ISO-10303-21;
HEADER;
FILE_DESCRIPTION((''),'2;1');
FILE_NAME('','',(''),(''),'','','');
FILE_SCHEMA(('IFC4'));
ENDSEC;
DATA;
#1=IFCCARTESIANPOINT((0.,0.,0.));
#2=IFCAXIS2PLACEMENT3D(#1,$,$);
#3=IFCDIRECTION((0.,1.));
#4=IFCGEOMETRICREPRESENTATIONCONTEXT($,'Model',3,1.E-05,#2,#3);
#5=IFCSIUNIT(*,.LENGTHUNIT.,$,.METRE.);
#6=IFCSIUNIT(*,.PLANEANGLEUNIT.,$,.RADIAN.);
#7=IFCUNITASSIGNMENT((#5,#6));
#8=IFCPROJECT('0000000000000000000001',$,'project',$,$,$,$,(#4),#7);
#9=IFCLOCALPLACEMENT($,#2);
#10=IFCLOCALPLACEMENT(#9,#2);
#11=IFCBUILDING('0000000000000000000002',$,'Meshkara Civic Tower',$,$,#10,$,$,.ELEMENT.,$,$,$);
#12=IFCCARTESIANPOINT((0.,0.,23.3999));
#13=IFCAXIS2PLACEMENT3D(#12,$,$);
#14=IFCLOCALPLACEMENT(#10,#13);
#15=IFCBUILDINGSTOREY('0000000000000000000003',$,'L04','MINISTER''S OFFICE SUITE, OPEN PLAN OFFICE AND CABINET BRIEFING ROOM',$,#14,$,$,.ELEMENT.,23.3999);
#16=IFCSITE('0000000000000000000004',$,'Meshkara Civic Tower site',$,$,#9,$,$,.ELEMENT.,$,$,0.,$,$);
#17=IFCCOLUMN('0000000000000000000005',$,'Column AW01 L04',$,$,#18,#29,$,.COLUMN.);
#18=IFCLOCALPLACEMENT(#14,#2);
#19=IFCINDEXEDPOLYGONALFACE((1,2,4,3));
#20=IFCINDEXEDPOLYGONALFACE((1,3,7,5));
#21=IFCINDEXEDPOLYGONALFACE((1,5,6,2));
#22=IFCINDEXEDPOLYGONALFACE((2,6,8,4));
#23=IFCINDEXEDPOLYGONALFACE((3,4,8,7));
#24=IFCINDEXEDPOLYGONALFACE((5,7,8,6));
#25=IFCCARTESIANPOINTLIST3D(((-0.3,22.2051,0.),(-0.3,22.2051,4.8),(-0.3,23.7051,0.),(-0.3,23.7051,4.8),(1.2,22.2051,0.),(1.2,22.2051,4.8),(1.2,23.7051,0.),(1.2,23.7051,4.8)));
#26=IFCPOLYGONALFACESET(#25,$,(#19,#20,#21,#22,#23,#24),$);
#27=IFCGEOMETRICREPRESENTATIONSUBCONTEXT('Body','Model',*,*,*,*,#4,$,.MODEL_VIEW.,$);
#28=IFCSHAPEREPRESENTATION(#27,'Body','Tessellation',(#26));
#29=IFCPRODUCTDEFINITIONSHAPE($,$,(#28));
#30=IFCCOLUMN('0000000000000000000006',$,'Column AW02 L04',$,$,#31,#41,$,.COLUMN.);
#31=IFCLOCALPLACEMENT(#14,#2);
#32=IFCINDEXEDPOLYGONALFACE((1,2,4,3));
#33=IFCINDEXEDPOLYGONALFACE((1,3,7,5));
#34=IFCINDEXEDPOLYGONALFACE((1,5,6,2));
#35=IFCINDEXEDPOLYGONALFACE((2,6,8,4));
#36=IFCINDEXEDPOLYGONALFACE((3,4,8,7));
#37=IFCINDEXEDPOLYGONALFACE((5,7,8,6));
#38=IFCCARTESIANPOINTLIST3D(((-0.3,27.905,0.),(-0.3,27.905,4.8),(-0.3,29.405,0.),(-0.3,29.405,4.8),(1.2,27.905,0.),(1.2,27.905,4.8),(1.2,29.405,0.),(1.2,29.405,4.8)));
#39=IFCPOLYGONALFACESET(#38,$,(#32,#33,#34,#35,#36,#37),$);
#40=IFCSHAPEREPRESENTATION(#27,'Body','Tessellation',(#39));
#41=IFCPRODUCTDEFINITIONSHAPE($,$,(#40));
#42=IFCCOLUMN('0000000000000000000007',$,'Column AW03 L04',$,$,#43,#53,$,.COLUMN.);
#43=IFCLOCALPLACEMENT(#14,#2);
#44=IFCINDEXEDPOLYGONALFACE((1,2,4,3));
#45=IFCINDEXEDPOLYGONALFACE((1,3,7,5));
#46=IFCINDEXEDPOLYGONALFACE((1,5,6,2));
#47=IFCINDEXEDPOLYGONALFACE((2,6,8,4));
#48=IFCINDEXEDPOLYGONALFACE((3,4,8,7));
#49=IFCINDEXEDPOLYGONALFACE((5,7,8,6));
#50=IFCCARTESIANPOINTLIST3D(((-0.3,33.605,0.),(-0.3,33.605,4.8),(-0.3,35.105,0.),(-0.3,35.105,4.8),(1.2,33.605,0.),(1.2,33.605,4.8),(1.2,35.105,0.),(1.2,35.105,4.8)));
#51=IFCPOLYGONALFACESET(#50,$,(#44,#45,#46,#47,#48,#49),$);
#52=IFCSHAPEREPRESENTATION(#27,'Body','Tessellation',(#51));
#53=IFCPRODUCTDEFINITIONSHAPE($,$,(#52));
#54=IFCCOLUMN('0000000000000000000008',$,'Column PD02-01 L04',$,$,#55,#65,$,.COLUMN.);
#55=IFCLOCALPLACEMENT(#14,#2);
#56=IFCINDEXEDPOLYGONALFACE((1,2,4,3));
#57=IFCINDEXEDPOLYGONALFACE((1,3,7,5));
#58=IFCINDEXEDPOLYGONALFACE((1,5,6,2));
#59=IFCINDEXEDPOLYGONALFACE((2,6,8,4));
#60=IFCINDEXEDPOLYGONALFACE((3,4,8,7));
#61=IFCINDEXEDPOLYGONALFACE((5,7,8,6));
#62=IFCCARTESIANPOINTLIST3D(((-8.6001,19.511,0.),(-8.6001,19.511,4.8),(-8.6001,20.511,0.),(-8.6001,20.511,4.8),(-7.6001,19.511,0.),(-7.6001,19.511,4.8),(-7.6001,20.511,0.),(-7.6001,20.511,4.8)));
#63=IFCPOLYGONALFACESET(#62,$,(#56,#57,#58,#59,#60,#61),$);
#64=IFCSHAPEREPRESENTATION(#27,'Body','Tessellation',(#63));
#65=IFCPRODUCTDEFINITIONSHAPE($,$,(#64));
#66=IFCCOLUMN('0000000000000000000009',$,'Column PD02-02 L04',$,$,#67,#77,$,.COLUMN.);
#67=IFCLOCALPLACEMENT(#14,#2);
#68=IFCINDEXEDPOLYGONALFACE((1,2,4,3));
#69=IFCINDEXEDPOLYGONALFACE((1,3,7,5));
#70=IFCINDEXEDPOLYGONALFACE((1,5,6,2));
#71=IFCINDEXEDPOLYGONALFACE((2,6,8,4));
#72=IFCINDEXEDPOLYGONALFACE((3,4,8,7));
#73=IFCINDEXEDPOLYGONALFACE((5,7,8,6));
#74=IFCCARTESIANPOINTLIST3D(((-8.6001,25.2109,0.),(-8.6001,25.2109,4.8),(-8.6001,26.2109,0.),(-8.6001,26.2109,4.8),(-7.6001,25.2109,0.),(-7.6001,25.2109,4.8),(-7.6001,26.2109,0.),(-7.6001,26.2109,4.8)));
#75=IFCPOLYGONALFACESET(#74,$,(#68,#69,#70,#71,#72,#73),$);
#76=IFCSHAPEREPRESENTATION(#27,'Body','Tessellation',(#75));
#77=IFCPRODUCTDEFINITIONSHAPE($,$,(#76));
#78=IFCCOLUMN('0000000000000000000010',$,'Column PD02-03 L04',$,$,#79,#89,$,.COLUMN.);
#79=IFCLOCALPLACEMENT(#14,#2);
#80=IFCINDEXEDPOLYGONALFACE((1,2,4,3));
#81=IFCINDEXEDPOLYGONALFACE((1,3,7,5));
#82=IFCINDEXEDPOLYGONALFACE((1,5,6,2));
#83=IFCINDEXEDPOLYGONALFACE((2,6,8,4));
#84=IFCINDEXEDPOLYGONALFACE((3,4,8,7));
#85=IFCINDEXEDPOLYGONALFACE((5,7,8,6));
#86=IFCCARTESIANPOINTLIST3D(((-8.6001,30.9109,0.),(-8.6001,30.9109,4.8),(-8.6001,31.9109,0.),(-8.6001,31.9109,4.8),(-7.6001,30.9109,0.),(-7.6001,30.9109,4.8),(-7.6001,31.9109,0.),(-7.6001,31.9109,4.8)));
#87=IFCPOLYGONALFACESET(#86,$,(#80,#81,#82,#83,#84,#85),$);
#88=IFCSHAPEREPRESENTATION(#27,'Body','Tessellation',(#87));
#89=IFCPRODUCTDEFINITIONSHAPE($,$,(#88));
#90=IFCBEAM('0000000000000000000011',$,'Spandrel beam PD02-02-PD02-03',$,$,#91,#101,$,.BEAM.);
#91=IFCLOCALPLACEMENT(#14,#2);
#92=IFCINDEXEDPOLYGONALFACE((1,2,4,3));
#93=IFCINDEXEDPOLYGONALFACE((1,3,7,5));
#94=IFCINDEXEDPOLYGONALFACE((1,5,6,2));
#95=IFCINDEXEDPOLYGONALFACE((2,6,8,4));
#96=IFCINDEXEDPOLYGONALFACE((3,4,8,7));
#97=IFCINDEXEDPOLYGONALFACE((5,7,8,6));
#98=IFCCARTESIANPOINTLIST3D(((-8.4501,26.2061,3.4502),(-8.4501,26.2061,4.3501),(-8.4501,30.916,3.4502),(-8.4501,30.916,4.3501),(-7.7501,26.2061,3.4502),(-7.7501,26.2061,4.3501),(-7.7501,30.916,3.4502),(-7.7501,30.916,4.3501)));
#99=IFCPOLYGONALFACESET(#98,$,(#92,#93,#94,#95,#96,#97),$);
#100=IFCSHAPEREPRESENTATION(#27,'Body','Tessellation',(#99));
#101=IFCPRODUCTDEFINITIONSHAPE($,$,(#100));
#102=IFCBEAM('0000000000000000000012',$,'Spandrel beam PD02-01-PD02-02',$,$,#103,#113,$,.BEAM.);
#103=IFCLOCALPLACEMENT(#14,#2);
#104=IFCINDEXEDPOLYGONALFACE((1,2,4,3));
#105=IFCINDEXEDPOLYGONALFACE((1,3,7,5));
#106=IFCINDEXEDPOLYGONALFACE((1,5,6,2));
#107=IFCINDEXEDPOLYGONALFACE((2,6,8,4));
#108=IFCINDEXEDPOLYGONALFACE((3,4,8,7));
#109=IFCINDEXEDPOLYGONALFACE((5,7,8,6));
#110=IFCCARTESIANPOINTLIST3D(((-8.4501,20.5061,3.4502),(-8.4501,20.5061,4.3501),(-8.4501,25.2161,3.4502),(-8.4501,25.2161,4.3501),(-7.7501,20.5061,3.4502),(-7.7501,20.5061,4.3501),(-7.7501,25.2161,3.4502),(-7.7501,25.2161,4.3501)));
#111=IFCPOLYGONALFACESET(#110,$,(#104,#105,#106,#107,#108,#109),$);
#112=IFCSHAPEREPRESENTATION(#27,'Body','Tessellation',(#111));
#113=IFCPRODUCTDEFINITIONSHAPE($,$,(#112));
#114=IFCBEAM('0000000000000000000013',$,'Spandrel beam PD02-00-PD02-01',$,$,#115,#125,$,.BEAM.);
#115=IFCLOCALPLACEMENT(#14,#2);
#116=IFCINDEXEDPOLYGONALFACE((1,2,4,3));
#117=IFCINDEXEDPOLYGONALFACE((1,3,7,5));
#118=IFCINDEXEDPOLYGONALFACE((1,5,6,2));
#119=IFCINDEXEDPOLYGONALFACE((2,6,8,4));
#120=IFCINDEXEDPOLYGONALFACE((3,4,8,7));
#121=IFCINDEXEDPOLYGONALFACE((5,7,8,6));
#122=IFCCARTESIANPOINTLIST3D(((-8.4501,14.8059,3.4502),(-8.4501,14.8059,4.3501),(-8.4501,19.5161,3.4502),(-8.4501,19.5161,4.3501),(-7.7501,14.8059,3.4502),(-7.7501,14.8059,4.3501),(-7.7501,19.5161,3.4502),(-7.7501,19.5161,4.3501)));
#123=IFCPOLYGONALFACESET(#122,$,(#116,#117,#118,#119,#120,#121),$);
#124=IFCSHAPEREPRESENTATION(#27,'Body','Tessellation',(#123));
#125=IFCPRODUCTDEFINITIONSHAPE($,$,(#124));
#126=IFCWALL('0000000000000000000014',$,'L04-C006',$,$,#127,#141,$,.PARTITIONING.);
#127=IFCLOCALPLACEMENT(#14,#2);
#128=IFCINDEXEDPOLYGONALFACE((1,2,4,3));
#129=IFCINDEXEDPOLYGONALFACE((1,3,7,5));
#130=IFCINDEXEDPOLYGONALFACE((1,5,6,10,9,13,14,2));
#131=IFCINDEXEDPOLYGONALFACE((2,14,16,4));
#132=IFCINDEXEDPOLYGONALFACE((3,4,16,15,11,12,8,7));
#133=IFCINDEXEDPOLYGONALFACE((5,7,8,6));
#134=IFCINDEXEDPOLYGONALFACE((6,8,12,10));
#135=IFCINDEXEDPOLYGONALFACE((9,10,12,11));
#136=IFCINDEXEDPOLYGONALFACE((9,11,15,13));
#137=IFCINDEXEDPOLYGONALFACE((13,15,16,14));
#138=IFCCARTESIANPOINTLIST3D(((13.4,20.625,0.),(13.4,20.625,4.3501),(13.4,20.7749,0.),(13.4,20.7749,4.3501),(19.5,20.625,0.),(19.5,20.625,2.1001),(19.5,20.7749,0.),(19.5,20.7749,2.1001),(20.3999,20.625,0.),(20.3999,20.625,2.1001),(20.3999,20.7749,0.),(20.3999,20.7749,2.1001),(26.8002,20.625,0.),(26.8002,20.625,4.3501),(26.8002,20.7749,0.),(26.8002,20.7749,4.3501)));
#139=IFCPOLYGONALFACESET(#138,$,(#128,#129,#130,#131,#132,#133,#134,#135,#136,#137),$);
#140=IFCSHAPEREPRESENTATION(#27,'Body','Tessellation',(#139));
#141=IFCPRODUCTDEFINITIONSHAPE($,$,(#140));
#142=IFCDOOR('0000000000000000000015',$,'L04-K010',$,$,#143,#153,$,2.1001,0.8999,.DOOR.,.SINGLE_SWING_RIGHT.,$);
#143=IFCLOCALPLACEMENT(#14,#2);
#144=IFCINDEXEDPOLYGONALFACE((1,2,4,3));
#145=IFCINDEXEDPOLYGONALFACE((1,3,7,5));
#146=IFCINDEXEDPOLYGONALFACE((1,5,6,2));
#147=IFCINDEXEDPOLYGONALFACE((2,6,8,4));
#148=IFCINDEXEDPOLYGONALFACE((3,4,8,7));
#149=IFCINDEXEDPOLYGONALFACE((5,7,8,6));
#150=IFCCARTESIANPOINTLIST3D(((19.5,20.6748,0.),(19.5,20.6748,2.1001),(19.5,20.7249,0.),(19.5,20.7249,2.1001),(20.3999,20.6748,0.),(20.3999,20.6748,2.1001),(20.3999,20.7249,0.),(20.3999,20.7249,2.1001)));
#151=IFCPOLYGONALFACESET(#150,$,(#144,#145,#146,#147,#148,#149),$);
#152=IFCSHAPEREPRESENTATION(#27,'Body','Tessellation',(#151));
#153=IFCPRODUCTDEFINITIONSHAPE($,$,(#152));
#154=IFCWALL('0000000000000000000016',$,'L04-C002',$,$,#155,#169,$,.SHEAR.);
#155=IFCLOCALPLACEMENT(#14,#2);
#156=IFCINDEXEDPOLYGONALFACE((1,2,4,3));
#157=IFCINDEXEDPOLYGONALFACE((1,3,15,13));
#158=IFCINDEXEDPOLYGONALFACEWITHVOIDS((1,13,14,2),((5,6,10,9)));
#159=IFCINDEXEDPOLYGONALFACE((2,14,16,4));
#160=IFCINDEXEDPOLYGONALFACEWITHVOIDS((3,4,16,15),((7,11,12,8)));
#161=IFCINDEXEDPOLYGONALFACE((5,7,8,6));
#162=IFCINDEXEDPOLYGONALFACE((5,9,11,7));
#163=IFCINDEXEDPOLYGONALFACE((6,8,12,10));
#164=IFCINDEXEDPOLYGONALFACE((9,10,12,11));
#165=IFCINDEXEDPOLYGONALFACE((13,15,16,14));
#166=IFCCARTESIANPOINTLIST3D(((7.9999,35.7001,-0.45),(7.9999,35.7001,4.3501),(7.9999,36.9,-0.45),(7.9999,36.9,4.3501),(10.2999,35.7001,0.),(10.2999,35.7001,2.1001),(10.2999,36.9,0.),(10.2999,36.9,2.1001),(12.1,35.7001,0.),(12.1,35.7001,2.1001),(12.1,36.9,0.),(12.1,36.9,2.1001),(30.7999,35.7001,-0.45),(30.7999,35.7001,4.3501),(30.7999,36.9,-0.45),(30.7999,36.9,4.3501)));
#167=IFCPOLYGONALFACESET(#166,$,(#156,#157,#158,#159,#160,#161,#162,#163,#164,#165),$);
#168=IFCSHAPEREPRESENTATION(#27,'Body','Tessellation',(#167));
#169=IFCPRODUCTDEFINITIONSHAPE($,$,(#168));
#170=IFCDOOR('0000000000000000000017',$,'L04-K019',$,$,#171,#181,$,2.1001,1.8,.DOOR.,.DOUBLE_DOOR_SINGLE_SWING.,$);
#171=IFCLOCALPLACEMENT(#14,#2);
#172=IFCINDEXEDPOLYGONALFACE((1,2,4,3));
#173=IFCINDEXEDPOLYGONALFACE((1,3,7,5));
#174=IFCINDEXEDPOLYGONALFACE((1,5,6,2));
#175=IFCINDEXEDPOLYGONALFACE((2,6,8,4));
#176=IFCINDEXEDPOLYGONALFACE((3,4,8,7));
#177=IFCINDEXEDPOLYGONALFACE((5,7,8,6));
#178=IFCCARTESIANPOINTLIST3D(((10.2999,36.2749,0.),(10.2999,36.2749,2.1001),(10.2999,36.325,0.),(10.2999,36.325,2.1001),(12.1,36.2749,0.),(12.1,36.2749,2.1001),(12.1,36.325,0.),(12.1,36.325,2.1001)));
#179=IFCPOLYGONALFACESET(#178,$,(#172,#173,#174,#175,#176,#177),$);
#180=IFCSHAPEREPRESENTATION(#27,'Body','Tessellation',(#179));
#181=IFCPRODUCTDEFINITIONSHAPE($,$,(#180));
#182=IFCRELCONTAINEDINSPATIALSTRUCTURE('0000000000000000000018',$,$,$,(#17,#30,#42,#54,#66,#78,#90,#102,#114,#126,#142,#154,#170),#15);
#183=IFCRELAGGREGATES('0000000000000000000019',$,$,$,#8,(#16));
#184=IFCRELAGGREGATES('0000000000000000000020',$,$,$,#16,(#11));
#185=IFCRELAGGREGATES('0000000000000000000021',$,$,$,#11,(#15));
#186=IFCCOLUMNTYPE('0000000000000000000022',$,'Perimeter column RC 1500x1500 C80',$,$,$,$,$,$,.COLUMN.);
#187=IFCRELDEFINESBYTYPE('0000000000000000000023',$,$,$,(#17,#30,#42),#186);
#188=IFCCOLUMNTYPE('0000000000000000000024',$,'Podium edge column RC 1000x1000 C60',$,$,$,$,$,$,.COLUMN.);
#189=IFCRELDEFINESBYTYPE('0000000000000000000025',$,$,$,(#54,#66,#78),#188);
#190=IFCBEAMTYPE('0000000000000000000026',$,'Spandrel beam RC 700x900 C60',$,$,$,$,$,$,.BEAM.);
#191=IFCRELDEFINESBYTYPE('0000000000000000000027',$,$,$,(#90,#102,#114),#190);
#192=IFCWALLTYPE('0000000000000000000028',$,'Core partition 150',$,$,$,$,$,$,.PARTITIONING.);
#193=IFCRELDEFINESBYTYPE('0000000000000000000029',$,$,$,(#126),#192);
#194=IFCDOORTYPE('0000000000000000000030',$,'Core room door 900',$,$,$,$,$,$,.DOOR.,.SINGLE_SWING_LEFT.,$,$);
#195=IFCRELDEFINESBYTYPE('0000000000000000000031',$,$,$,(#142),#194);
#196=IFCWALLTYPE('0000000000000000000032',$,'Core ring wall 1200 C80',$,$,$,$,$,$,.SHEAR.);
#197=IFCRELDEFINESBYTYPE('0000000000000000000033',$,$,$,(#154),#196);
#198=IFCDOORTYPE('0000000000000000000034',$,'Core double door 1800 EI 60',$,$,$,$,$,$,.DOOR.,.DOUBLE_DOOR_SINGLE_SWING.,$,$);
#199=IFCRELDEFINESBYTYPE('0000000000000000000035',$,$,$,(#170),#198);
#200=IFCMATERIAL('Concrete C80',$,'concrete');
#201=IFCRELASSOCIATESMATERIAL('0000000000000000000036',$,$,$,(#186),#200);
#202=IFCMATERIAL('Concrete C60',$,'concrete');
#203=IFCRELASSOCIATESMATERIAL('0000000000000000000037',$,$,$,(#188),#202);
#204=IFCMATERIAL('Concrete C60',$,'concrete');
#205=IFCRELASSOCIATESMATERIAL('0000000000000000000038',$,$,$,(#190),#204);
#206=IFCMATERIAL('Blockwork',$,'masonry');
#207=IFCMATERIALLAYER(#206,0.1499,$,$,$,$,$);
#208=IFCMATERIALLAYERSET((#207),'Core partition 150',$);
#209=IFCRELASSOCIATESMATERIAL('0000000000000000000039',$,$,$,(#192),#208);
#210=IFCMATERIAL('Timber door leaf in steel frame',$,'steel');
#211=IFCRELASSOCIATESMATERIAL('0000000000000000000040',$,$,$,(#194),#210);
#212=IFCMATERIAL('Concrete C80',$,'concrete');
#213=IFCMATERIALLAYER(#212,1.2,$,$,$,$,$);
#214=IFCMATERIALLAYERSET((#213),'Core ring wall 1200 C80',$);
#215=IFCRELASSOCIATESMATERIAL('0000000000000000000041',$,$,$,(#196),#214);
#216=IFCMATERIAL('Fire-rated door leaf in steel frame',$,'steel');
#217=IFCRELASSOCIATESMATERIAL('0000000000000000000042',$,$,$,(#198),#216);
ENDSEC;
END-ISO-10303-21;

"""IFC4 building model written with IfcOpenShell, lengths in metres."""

from ifc_helpers import new_model, si_unit, direction, frame, frame_2d, origin, origin_2d, place, context, subcontext, project, spatial, rectangle, extrude, material, layer, layer_set, material_profile, profile_set, type_object, element, fill, save


model = new_model("IFC4")

# Units and contexts
model_context = context("Model", 3, precision=1e-05, world=origin(), true_north=direction((0.0, 1.0)))
body_context = subcontext(model_context, "Body", "Model", "MODEL_VIEW")
ifc_project = project(units=[si_unit("LENGTHUNIT", "METRE"), si_unit("PLANEANGLEUNIT", "RADIAN")], contexts=[model_context])

# Site, building, storey
site_placement = place(None, origin())
site = spatial("IfcSite", under=ifc_project, at=site_placement, Name="Meshkara Civic Tower site", CompositionType="ELEMENT", RefElevation=0.0)
building_placement = place(site_placement, origin())
building = spatial("IfcBuilding", under=site, at=building_placement, Name="Meshkara Civic Tower", CompositionType="ELEMENT")
storey_placement = place(building_placement, frame((0.0, 0.0, 23.3999)))
storey = spatial("IfcBuildingStorey", under=building, at=storey_placement, Name="L04", Description="MINISTER'S OFFICE SUITE, OPEN PLAN OFFICE AND CABINET BRIEFING ROOM", CompositionType="ELEMENT", Elevation=23.3999)

# Columns
ifc_material_1 = material(Name="Concrete C80", Category="concrete")
ifc_material_profile_1 = material_profile(ifc_material_1, rectangle(XDim=1.5, YDim=1.5, at=origin_2d()))
ifc_profile_set_1 = profile_set([ifc_material_profile_1], Name="Concrete C80")
column_type_1 = type_object("IfcColumnType", Name="Perimeter column RC 1500x1500 C80", PredefinedType="COLUMN", material=ifc_profile_set_1)
for number, where, z_axis, x_axis, name in (
    (1, (0.45, 22.9551, 0.0), (0.0, 0.0, 1.0), (1.0, 0.0, 0.0), "Column AW01 L04"),
    (2, (0.45, 28.655, 0.0), (0.0, 0.0, 1.0), (1.0, 0.0, 0.0), "Column AW02 L04"),
    (3, (0.45, 34.355, 0.0), (0.0, 0.0, 1.0), (1.0, 0.0, 0.0), "Column AW03 L04"),
):
    element("IfcColumn", number, at=place(storey_placement, frame(where, z_axis=z_axis, x_axis=x_axis)), inside=storey, type_object=column_type_1, Name=name, PredefinedType="COLUMN", context=body_context, shape_type="SweptSolid", body=[
        extrude(rectangle(XDim=1.5, YDim=1.5, at=origin_2d()), origin(), (0.0, 0.0, 1.0), 4.8),
    ])
ifc_material_2 = material(Name="Concrete C60", Category="concrete")
ifc_material_profile_2 = material_profile(ifc_material_2, rectangle(XDim=1.0, YDim=1.0, at=origin_2d()))
ifc_profile_set_2 = profile_set([ifc_material_profile_2], Name="Concrete C60")
column_type_2 = type_object("IfcColumnType", Name="Podium edge column RC 1000x1000 C60", PredefinedType="COLUMN", material=ifc_profile_set_2)
for number, where, z_axis, x_axis, name in (
    (4, (-8.1001, 20.011, 0.0), (0.0, 0.0, 1.0), (1.0, 0.0, 0.0), "Column PD02-01 L04"),
    (5, (-8.1001, 25.7109, 0.0), (0.0, 0.0, 1.0), (1.0, 0.0, 0.0), "Column PD02-02 L04"),
    (6, (-8.1001, 31.4109, 0.0), (0.0, 0.0, 1.0), (1.0, 0.0, 0.0), "Column PD02-03 L04"),
):
    element("IfcColumn", number, at=place(storey_placement, frame(where, z_axis=z_axis, x_axis=x_axis)), inside=storey, type_object=column_type_2, Name=name, PredefinedType="COLUMN", context=body_context, shape_type="SweptSolid", body=[
        extrude(rectangle(XDim=1.0, YDim=1.0, at=origin_2d()), origin(), (0.0, 0.0, 1.0), 4.8),
    ])

# Beams
ifc_material_3 = material(Name="Concrete C60", Category="concrete")
ifc_material_profile_3 = material_profile(ifc_material_3, rectangle(XDim=0.7, YDim=0.8999, at=origin_2d()))
ifc_profile_set_3 = profile_set([ifc_material_profile_3], Name="Concrete C60")
beam_type = type_object("IfcBeamType", Name="Spandrel beam RC 700x900 C60", PredefinedType="BEAM", material=ifc_profile_set_3)
for number, where, z_axis, x_axis, name in (
    (7, (-8.1001, 30.916, 3.9001), (0.0, -1.0, 0.0), (1.0, 0.0, 0.0), "Spandrel beam PD02-02-PD02-03"),
    (8, (-8.1001, 25.2161, 3.9001), (0.0, -1.0, 0.0), (1.0, 0.0, 0.0), "Spandrel beam PD02-01-PD02-02"),
):
    element("IfcBeam", number, at=place(storey_placement, frame(where, z_axis=z_axis, x_axis=x_axis)), inside=storey, type_object=beam_type, Name=name, PredefinedType="BEAM", context=body_context, shape_type="SweptSolid", body=[
        extrude(rectangle(XDim=0.7, YDim=0.8999, at=origin_2d()), origin(), (0.0, 0.0, 1.0), 4.71),
    ])
beam_placement = place(storey_placement, frame((-8.1001, 19.5161, 3.9001), z_axis=(0.0, -1.0, 0.0), x_axis=(1.0, 0.0, 0.0)))
element("IfcBeam", 9, at=beam_placement, inside=storey, type_object=beam_type, Name="Spandrel beam PD02-00-PD02-01", PredefinedType="BEAM", context=body_context, shape_type="SweptSolid", body=[
    extrude(rectangle(XDim=0.7, YDim=0.8999, at=origin_2d()), origin(), (0.0, 0.0, 1.0), 4.7102),
])

# Walls, openings, doors
ifc_material_4 = material(Name="Blockwork", Category="masonry")
ifc_layer_1 = layer(ifc_material_4, 0.1499)
ifc_layer_set_1 = layer_set([ifc_layer_1], Name="Core partition 150")
wall_type_1 = type_object("IfcWallType", Name="Core partition 150", PredefinedType="PARTITIONING", material=ifc_layer_set_1)
wall_1_placement = place(storey_placement, frame((13.3999, 20.7, 0.0), z_axis=(0.0, 0.0, 1.0), x_axis=(1.0, 0.0, 0.0)))
wall_1 = element("IfcWall", 10, at=wall_1_placement, inside=storey, type_object=wall_type_1, Name="L04-C006", PredefinedType="PARTITIONING", context=body_context, shape_type="SweptSolid", body=[
    extrude(rectangle(XDim=13.4001, YDim=0.1499, at=frame_2d((6.7002, 0.0))), origin(), (0.0, 0.0, 1.0), 4.3501),
])
opening_1_placement = place(wall_1_placement, frame((6.1001, 0.0, 0.0)))
opening_1 = element("IfcOpeningElement", 11, at=opening_1_placement, cuts=wall_1, PredefinedType="OPENING", context=body_context, shape_type="SweptSolid", body=[
    extrude(rectangle(XDim=0.8999, YDim=2.1001, at=frame_2d((0.45, 1.05))), frame((0.0, 0.085, 0.0), z_axis=(0.0, -1.0, 0.0), x_axis=(1.0, 0.0, 0.0)), (0.0, 0.0, 1.0), 0.1699),
])
ifc_material_5 = material(Name="Timber door leaf in steel frame", Category="steel")
door_type_1 = type_object("IfcDoorType", Name="Core room door 900", OperationType="SINGLE_SWING_LEFT", PredefinedType="DOOR", material=ifc_material_5)
door_1_placement = place(opening_1_placement, origin())
door_1 = element("IfcDoor", 12, at=door_1_placement, inside=storey, type_object=door_type_1, Name="L04-K010", OperationType="SINGLE_SWING_RIGHT", OverallHeight=2.1001, OverallWidth=0.8999, PredefinedType="DOOR", context=body_context, shape_type="SweptSolid", body=[
    extrude(rectangle(XDim=0.8999, YDim=2.1001, at=frame_2d((0.45, 1.05))), frame((0.0, 0.0249, 0.0), z_axis=(0.0, -1.0, 0.0), x_axis=(1.0, 0.0, 0.0)), (0.0, 0.0, 1.0), 0.05),
])
fill(opening_1, door_1)
ifc_material_6 = material(Name="Concrete C80", Category="concrete")
ifc_layer_2 = layer(ifc_material_6, 1.2)
ifc_layer_set_2 = layer_set([ifc_layer_2], Name="Core ring wall 1200 C80")
wall_type_2 = type_object("IfcWallType", Name="Core ring wall 1200 C80", PredefinedType="SHEAR", material=ifc_layer_set_2)
wall_2_placement = place(storey_placement, frame((8.0, 36.3, -0.45), z_axis=(0.0, 0.0, 1.0), x_axis=(1.0, 0.0, 0.0)))
wall_2 = element("IfcWall", 13, at=wall_2_placement, inside=storey, type_object=wall_type_2, Name="L04-C002", PredefinedType="SHEAR", context=body_context, shape_type="SweptSolid", body=[
    extrude(rectangle(XDim=22.8, YDim=1.2, at=frame_2d((11.3999, 0.0))), origin(), (0.0, 0.0, 1.0), 4.8),
])
opening_2_placement = place(wall_2_placement, frame((2.3, 0.0, 0.45)))
opening_2 = element("IfcOpeningElement", 14, at=opening_2_placement, cuts=wall_2, PredefinedType="OPENING", context=body_context, shape_type="SweptSolid", body=[
    extrude(rectangle(XDim=1.8, YDim=2.1001, at=frame_2d((0.8999, 1.05))), frame((0.0, 0.6099, 0.0), z_axis=(0.0, -1.0, 0.0), x_axis=(1.0, 0.0, 0.0)), (0.0, 0.0, 1.0), 1.22),
])
ifc_material_7 = material(Name="Fire-rated door leaf in steel frame", Category="steel")
door_type_2 = type_object("IfcDoorType", Name="Core double door 1800 EI 60", OperationType="DOUBLE_DOOR_SINGLE_SWING", PredefinedType="DOOR", material=ifc_material_7)
door_2_placement = place(opening_2_placement, origin())
door_2 = element("IfcDoor", 15, at=door_2_placement, inside=storey, type_object=door_type_2, Name="L04-K019", OperationType="DOUBLE_DOOR_SINGLE_SWING", OverallHeight=2.1001, OverallWidth=1.8, PredefinedType="DOOR", context=body_context, shape_type="SweptSolid", body=[
    extrude(rectangle(XDim=1.8, YDim=2.1001, at=frame_2d((0.8999, 1.05))), frame((0.0, 0.0249, 0.0), z_axis=(0.0, -1.0, 0.0), x_axis=(1.0, 0.0, 0.0)), (0.0, 0.0, 1.0), 0.05),
])
fill(opening_2, door_2)

save(model, "model.ifc")
